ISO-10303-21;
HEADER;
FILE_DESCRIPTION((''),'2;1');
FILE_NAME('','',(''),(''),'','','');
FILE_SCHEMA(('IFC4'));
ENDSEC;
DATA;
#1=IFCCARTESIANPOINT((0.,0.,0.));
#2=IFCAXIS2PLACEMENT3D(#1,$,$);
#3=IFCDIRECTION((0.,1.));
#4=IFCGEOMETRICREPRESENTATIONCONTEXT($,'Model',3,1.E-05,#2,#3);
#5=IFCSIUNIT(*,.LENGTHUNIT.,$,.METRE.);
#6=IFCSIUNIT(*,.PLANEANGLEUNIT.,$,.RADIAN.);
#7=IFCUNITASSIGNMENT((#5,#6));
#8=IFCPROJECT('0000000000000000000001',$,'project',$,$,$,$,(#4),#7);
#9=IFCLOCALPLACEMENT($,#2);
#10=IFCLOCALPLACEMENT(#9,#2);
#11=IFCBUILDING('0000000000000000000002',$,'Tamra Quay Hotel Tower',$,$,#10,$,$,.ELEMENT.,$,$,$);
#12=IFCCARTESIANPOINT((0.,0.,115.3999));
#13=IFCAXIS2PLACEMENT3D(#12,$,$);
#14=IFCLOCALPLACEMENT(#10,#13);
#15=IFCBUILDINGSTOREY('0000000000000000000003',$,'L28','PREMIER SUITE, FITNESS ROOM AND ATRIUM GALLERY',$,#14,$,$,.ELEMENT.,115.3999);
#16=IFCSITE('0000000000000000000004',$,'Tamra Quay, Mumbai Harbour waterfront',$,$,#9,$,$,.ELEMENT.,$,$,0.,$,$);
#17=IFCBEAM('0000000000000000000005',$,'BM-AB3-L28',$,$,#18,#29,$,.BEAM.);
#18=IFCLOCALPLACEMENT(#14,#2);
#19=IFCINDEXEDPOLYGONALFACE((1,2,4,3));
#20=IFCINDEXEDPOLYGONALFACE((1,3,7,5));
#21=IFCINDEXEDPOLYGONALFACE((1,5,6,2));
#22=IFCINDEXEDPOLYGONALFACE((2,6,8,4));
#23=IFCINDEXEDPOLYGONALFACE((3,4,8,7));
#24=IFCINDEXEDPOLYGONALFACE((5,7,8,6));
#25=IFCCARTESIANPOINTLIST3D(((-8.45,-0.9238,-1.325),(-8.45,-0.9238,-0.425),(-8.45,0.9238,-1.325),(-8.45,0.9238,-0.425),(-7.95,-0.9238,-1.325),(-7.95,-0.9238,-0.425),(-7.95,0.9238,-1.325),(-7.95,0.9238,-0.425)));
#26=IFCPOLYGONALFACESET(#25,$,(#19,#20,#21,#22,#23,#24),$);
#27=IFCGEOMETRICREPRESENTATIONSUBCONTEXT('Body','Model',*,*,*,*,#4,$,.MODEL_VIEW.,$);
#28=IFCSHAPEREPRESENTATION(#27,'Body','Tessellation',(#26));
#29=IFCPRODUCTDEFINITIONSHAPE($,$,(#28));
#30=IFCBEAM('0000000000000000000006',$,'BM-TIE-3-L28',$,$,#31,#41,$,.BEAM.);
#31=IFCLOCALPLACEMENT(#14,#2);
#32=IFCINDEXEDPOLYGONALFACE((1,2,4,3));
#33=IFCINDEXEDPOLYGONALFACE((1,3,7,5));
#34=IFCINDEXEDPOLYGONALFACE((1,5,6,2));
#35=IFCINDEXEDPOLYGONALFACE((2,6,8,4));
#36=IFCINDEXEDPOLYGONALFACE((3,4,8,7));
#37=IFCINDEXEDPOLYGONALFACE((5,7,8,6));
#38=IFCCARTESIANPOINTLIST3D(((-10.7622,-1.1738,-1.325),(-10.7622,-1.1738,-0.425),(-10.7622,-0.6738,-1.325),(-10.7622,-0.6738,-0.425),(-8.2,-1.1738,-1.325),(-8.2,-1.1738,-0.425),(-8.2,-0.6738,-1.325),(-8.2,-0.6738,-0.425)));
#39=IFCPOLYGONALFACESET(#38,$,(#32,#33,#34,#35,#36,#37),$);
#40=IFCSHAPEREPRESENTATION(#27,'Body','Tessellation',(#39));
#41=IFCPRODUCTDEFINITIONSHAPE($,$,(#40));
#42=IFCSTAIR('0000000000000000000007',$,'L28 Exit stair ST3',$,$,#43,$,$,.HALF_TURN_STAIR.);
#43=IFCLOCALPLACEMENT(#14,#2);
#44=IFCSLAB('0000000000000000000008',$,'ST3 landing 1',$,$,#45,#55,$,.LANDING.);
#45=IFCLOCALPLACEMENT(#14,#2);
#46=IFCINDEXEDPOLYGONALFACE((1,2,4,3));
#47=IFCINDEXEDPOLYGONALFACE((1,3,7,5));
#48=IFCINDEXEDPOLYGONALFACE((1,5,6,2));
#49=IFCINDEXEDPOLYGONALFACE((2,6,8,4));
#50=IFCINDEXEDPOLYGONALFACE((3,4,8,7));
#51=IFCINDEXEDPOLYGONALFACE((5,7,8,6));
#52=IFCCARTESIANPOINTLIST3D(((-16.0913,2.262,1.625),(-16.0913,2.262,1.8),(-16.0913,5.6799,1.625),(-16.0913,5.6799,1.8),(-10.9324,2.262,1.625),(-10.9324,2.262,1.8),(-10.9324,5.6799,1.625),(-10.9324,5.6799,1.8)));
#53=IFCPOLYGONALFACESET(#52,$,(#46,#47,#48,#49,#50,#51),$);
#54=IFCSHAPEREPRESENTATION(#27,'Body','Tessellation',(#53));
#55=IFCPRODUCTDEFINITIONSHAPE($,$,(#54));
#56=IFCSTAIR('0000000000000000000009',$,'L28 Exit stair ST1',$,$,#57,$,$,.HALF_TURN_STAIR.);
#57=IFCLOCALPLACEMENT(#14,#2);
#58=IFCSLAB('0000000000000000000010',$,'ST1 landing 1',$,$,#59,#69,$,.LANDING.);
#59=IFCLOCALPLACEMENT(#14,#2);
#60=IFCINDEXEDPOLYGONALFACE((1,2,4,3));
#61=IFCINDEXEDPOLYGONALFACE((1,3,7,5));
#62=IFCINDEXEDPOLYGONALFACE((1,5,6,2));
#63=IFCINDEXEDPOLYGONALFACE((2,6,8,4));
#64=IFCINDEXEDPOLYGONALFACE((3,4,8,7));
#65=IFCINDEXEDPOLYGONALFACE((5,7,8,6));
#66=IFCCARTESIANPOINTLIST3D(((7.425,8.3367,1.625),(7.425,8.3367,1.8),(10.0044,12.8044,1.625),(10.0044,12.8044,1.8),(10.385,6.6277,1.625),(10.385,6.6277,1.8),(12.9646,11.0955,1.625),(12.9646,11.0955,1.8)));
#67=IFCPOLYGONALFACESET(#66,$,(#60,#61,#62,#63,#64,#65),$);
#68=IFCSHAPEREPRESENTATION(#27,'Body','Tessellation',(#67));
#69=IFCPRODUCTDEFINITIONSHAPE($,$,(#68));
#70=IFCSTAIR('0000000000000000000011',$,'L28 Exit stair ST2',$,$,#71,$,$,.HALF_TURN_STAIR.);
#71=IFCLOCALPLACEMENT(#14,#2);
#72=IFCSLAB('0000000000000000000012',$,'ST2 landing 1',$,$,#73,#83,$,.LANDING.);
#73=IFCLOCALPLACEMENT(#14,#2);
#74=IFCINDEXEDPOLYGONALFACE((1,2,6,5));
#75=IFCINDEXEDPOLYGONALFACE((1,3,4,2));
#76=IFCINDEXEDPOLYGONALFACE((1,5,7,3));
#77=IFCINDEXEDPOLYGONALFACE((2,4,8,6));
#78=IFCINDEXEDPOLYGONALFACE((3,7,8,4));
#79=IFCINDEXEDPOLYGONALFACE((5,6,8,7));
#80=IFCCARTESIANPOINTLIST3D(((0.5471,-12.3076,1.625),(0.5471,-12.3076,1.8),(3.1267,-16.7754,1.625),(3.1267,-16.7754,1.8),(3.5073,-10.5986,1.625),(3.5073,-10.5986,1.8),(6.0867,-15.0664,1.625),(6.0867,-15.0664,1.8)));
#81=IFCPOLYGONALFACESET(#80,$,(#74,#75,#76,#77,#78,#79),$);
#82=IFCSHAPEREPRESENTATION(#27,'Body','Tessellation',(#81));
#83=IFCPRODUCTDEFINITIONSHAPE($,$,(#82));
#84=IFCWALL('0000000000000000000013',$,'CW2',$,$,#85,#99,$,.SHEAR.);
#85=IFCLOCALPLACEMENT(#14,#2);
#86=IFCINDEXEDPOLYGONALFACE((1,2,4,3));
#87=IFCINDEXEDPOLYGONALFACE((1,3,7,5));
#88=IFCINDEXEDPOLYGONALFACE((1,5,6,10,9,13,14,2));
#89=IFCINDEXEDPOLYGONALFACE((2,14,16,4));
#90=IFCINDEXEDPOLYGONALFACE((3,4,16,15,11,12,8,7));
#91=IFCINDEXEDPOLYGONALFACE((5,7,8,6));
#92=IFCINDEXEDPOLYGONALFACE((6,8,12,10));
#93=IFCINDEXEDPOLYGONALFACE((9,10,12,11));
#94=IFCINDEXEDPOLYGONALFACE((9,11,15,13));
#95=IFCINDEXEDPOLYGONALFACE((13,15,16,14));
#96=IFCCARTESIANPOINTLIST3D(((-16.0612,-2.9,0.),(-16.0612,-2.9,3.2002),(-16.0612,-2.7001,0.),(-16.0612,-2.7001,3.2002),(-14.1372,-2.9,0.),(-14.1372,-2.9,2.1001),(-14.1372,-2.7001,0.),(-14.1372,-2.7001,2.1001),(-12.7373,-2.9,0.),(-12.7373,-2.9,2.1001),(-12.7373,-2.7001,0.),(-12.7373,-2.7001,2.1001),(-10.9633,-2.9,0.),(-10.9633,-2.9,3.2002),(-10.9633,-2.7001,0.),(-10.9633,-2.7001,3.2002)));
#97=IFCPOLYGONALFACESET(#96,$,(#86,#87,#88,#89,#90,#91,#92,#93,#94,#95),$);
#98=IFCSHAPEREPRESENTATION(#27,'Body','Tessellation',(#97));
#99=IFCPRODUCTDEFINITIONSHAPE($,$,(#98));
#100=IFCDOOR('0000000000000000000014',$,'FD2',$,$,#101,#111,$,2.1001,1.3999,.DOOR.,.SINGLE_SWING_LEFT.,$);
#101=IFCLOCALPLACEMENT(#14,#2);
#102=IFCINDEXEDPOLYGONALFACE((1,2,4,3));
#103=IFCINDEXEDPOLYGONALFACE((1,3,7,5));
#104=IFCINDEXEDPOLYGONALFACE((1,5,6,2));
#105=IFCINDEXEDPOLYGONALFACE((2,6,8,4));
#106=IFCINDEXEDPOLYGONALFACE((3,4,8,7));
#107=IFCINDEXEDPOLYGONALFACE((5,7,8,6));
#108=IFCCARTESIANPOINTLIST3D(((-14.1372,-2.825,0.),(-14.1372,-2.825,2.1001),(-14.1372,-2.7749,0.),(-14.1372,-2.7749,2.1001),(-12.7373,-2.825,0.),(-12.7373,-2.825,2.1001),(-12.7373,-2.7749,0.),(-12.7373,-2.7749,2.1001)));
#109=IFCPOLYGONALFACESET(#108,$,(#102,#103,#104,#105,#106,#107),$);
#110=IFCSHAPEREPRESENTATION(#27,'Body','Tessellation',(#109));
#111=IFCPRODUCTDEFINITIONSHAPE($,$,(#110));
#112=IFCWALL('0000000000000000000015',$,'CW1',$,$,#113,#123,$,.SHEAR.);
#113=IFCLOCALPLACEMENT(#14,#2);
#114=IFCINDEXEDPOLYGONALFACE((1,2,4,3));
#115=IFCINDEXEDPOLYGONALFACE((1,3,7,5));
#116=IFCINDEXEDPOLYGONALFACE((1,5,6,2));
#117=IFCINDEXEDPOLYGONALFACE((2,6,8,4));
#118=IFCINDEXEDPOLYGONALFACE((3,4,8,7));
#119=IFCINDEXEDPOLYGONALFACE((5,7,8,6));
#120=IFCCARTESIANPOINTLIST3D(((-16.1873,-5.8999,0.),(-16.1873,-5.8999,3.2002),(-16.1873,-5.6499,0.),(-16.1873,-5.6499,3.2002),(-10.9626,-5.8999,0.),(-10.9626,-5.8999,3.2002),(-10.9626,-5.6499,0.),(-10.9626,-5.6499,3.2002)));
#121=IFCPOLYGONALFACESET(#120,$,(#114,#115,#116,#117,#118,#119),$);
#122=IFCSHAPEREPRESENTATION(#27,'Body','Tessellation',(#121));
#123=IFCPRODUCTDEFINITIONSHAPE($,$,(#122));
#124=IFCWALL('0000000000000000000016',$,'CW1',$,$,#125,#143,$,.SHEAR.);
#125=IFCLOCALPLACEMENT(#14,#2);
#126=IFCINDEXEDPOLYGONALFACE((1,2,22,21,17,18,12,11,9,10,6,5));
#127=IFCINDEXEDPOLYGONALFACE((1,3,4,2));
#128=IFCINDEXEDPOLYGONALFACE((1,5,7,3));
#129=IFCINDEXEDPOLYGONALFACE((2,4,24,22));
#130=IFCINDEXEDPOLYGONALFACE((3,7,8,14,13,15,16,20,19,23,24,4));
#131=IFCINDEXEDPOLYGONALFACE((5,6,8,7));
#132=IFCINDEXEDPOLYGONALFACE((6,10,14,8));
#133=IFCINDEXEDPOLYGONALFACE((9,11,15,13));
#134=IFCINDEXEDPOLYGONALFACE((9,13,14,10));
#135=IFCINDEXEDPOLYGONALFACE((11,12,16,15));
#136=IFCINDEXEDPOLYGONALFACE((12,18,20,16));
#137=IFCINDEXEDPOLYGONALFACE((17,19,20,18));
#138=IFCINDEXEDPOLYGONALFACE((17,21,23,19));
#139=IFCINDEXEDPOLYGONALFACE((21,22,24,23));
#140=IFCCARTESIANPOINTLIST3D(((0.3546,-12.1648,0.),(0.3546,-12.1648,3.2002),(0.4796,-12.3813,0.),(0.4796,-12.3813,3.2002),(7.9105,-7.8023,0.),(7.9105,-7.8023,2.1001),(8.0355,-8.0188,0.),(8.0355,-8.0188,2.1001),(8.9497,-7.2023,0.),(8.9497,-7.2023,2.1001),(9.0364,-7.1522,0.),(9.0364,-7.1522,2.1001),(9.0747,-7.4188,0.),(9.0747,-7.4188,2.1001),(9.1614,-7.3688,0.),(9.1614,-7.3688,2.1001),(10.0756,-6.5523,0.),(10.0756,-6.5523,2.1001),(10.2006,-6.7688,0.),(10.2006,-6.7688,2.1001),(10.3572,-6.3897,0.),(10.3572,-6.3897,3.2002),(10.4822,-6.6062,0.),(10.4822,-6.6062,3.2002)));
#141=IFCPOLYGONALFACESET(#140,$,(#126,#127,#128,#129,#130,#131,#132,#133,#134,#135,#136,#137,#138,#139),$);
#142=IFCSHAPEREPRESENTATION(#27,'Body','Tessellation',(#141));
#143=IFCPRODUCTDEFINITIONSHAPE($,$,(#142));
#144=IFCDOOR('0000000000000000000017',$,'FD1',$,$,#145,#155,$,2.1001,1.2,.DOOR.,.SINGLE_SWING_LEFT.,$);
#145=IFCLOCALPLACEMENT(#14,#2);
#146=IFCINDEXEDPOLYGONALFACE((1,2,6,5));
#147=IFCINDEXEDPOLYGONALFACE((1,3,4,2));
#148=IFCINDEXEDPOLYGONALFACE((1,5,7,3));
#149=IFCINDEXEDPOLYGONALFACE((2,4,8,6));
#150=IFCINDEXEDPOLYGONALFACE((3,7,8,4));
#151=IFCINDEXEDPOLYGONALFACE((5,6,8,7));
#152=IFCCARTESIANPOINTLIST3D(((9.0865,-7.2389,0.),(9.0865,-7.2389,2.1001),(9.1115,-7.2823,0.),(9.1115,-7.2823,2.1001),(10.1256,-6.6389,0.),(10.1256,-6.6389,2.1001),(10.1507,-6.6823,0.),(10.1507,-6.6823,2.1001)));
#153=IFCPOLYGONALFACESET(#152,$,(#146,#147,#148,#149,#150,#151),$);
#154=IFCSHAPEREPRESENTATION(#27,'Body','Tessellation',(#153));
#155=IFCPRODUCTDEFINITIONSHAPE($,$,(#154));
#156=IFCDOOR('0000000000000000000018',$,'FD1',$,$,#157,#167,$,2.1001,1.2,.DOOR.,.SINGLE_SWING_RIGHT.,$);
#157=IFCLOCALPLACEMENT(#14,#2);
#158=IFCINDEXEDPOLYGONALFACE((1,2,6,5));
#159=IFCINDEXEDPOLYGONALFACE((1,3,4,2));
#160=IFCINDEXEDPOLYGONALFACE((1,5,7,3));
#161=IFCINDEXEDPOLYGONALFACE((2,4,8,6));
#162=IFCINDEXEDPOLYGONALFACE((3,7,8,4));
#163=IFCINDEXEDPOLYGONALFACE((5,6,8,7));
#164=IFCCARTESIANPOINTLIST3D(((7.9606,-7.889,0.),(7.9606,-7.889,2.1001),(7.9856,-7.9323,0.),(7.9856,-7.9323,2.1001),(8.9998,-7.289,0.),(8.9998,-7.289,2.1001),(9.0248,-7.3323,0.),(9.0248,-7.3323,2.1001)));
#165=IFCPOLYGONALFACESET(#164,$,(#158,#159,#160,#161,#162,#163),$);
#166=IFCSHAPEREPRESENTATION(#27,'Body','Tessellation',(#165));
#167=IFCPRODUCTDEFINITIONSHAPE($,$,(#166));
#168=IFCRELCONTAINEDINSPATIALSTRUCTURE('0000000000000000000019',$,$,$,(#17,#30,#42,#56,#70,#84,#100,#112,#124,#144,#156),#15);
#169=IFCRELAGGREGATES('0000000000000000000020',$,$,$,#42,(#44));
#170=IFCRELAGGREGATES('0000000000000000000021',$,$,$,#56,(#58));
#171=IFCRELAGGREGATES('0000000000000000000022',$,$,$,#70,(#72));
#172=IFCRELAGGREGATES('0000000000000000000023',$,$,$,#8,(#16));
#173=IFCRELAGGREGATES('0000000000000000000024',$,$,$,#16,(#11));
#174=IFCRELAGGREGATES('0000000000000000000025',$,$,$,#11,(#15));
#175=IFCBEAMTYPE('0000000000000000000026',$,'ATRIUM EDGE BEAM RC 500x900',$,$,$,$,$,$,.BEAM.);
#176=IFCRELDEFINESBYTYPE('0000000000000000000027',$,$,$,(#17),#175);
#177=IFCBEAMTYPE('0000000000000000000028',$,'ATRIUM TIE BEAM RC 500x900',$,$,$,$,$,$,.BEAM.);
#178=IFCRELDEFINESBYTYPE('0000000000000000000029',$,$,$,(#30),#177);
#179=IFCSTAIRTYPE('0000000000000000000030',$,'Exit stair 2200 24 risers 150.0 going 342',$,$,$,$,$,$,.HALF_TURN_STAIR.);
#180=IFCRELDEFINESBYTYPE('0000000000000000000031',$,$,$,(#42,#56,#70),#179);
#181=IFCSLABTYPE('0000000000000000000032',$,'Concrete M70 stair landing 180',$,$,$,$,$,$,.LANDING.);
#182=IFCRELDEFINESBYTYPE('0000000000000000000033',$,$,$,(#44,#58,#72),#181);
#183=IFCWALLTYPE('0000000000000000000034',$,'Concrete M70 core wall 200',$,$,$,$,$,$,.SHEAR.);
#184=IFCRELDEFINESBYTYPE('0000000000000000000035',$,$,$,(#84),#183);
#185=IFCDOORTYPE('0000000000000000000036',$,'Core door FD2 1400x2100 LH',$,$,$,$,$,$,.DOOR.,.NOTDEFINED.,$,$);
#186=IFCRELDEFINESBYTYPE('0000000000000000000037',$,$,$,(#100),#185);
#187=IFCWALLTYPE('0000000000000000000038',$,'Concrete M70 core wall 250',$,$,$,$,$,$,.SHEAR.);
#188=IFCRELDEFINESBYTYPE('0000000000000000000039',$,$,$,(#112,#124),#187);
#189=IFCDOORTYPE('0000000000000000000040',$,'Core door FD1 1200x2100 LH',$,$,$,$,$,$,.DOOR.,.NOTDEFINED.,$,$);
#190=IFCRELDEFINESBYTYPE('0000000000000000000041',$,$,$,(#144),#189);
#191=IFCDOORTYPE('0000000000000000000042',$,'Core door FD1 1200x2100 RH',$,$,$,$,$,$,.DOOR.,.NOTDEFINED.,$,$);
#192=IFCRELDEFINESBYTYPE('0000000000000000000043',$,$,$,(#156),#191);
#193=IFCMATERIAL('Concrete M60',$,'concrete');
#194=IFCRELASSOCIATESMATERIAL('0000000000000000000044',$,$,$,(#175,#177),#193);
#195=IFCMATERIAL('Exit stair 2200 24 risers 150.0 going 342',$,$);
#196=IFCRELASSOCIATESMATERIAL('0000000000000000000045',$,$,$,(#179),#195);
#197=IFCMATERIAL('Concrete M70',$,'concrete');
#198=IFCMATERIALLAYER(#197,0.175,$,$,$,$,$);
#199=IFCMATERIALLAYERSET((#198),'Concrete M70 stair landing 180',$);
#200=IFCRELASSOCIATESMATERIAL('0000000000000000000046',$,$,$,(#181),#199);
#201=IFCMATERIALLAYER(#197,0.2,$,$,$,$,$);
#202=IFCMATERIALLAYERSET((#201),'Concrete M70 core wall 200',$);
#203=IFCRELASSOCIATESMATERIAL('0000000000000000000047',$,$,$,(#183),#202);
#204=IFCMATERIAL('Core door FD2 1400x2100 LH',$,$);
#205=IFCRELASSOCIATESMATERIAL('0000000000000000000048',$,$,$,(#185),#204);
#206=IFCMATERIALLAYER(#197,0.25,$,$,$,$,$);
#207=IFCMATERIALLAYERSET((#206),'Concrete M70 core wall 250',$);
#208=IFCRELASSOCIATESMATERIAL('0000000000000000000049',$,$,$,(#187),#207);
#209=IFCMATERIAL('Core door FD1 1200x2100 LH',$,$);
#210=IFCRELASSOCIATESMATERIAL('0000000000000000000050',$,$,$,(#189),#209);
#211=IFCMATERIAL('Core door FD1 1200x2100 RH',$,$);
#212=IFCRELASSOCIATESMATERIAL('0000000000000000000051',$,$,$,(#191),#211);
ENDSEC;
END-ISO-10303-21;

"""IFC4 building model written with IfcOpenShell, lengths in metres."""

from ifc_helpers import new_model, si_unit, direction, frame, frame_2d, origin, origin_2d, place, context, subcontext, project, spatial, polyline, rectangle, outline, extrude, material, layer, layer_set, material_profile, profile_set, type_object, element, fill, aggregate, save


model = new_model("IFC4")

# Units and contexts
model_context = context("Model", 3, precision=1e-05, world=origin(), true_north=direction((0.0, 1.0)))
body_context = subcontext(model_context, "Body", "Model", "MODEL_VIEW")
ifc_project = project(units=[si_unit("LENGTHUNIT", "METRE"), si_unit("PLANEANGLEUNIT", "RADIAN")], contexts=[model_context])

# Site, building, storey
site_placement = place(None, origin())
site = spatial("IfcSite", under=ifc_project, at=site_placement, Name="Tamra Quay, Mumbai Harbour waterfront", CompositionType="ELEMENT", RefElevation=0.0)
building_placement = place(site_placement, origin())
building = spatial("IfcBuilding", under=site, at=building_placement, Name="Tamra Quay Hotel Tower", CompositionType="ELEMENT")
storey_placement = place(building_placement, frame((0.0, 0.0, 115.3999)))
storey = spatial("IfcBuildingStorey", under=building, at=storey_placement, Name="L28", Description="PREMIER SUITE, FITNESS ROOM AND ATRIUM GALLERY", CompositionType="ELEMENT", Elevation=115.3999)

# Beams
ifc_material_1 = material(Name="Concrete M60", Category="concrete")
ifc_material_profile_1 = material_profile(ifc_material_1, rectangle(XDim=0.5, YDim=0.8999, at=origin_2d()), Name="ATRIUM EDGE BEAM RC 500x900")
ifc_profile_set_1 = profile_set([ifc_material_profile_1], Name="Concrete M60")
beam_type_1 = type_object("IfcBeamType", Name="ATRIUM EDGE BEAM RC 500x900", PredefinedType="BEAM", material=ifc_profile_set_1)
beam_1_placement = place(storey_placement, frame((-8.2, -0.9238, -0.875), z_axis=(0.0, 1.0, 0.0), x_axis=(-1.0, 0.0, 0.0)))
element("IfcBeam", 1, at=beam_1_placement, inside=storey, type_object=beam_type_1, Name="BM-AB3-L28", PredefinedType="BEAM", context=body_context, shape_type="SweptSolid", body=[
    extrude(rectangle(XDim=0.5, YDim=0.8999, at=origin_2d()), origin(), (0.0, 0.0, 1.0), 1.8477),
])
ifc_material_profile_2 = material_profile(ifc_material_1, rectangle(XDim=0.5, YDim=0.8999, at=origin_2d()), Name="ATRIUM TIE BEAM RC 500x900")
ifc_profile_set_2 = profile_set([ifc_material_profile_2], Name="Concrete M60")
beam_type_2 = type_object("IfcBeamType", Name="ATRIUM TIE BEAM RC 500x900", PredefinedType="BEAM", material=ifc_profile_set_2)
beam_2_placement = place(storey_placement, frame((-8.2, -0.9238, -0.875), z_axis=(-1.0, 0.0, 0.0), x_axis=(0.0, -1.0, 0.0)))
element("IfcBeam", 2, at=beam_2_placement, inside=storey, type_object=beam_type_2, Name="BM-TIE-3-L28", PredefinedType="BEAM", context=body_context, shape_type="SweptSolid", body=[
    extrude(rectangle(XDim=0.5, YDim=0.8999, at=origin_2d()), origin(), (0.0, 0.0, 1.0), 2.5623),
])

# Stairs, slabs
ifc_material_2 = material(Name="Exit stair 2200 24 risers 150.0 going 342")
stair_type = type_object("IfcStairType", Name="Exit stair 2200 24 risers 150.0 going 342", PredefinedType="HALF_TURN_STAIR", material=ifc_material_2)
stair_1_placement = place(storey_placement, origin())
stair_1 = element("IfcStair", 3, at=stair_1_placement, inside=storey, type_object=stair_type, Name="L28 Exit stair ST3", PredefinedType="HALF_TURN_STAIR")
ifc_material_3 = material(Name="Concrete M70", Category="concrete")
ifc_layer_1 = layer(ifc_material_3, 0.175)
ifc_layer_set_1 = layer_set([ifc_layer_1], Name="Concrete M70 stair landing 180")
slab_type_1 = type_object("IfcSlabType", Name="Concrete M70 stair landing 180", PredefinedType="LANDING", material=ifc_layer_set_1)
slab_1_placement = place(storey_placement, frame((0.0, 0.0, 1.625)))
slab_1 = element("IfcSlab", 4, at=slab_1_placement, type_object=slab_type_1, Name="ST3 landing 1", PredefinedType="LANDING", context=body_context, shape_type="SweptSolid", body=[
    extrude(outline(polyline([(-10.9324, 2.262), (-10.9324, 5.6799), (-16.0913, 5.6799), (-16.0913, 2.262), (-10.9324, 2.262)])), origin(), (0.0, 0.0, 1.0), 0.175),
])
aggregate(stair_1, [slab_1])
stair_2_placement = place(storey_placement, origin())
stair_2 = element("IfcStair", 5, at=stair_2_placement, inside=storey, type_object=stair_type, Name="L28 Exit stair ST1", PredefinedType="HALF_TURN_STAIR")
slab_2_placement = place(storey_placement, frame((0.0, 0.0, 1.625)))
slab_2 = element("IfcSlab", 6, at=slab_2_placement, type_object=slab_type_1, Name="ST1 landing 1", PredefinedType="LANDING", context=body_context, shape_type="SweptSolid", body=[
    extrude(outline(polyline([(7.425, 8.3367), (10.385, 6.6277), (12.9646, 11.0955), (10.0044, 12.8044), (7.425, 8.3367)])), origin(), (0.0, 0.0, 1.0), 0.175),
])
aggregate(stair_2, [slab_2])
stair_3_placement = place(storey_placement, origin())
stair_3 = element("IfcStair", 7, at=stair_3_placement, inside=storey, type_object=stair_type, Name="L28 Exit stair ST2", PredefinedType="HALF_TURN_STAIR")
slab_3_placement = place(storey_placement, frame((0.0, 0.0, 1.625)))
slab_3 = element("IfcSlab", 8, at=slab_3_placement, type_object=slab_type_1, Name="ST2 landing 1", PredefinedType="LANDING", context=body_context, shape_type="SweptSolid", body=[
    extrude(outline(polyline([(3.5073, -10.5986), (0.5471, -12.3076), (3.1267, -16.7754), (6.0867, -15.0664), (3.5073, -10.5986)])), origin(), (0.0, 0.0, 1.0), 0.175),
])
aggregate(stair_3, [slab_3])

# Wall, opening, door
ifc_layer_2 = layer(ifc_material_3, 0.2)
ifc_layer_set_2 = layer_set([ifc_layer_2], Name="Concrete M70 core wall 200")
wall_type_1 = type_object("IfcWallType", Name="Concrete M70 core wall 200", PredefinedType="SHEAR", material=ifc_layer_set_2)
wall_1_placement = place(storey_placement, frame((-10.9634, -2.8, 0.0), z_axis=(0.0, 0.0, 1.0), x_axis=(-1.0, 0.0, 0.0)))
wall_1 = element("IfcWall", 9, at=wall_1_placement, inside=storey, type_object=wall_type_1, Name="CW2", PredefinedType="SHEAR", context=body_context, shape_type="SweptSolid", body=[
    extrude(rectangle(XDim=5.0979, YDim=0.2, at=frame_2d((2.5488, 0.0))), origin(), (0.0, 0.0, 1.0), 3.2002),
])
opening_1_placement = place(wall_1_placement, frame((1.7739, 0.0, 0.0)))
opening_1 = element("IfcOpeningElement", 10, at=opening_1_placement, cuts=wall_1, PredefinedType="OPENING", context=body_context, shape_type="SweptSolid", body=[
    extrude(rectangle(XDim=1.3999, YDim=2.1001, at=frame_2d((0.7, 1.05))), frame((0.0, 0.1099, 0.0), z_axis=(0.0, -1.0, 0.0), x_axis=(1.0, 0.0, 0.0)), (0.0, 0.0, 1.0), 0.22),
])
ifc_material_4 = material(Name="Core door FD2 1400x2100 LH")
door_type_1 = type_object("IfcDoorType", Name="Core door FD2 1400x2100 LH", OperationType="NOTDEFINED", PredefinedType="DOOR", material=ifc_material_4)
door_1_placement = place(opening_1_placement, origin())
door_1 = element("IfcDoor", 11, at=door_1_placement, inside=storey, type_object=door_type_1, Name="FD2", OperationType="SINGLE_SWING_LEFT", OverallHeight=2.1001, OverallWidth=1.3999, PredefinedType="DOOR", context=body_context, shape_type="SweptSolid", body=[
    extrude(rectangle(XDim=1.3999, YDim=2.1001, at=frame_2d((0.7, 1.05))), frame((0.0, 0.0249, 0.0), z_axis=(0.0, -1.0, 0.0), x_axis=(1.0, 0.0, 0.0)), (0.0, 0.0, 1.0), 0.05),
])
fill(opening_1, door_1)

# Wall
ifc_layer_3 = layer(ifc_material_3, 0.25)
ifc_layer_set_3 = layer_set([ifc_layer_3], Name="Concrete M70 core wall 250")
wall_type_2 = type_object("IfcWallType", Name="Concrete M70 core wall 250", PredefinedType="SHEAR", material=ifc_layer_set_3)
wall_2_placement = place(storey_placement, frame((-10.9626, -5.7749, 0.0), z_axis=(0.0, 0.0, 1.0), x_axis=(-1.0, 0.0, 0.0)))
element("IfcWall", 12, at=wall_2_placement, inside=storey, type_object=wall_type_2, Name="CW1", PredefinedType="SHEAR", context=body_context, shape_type="SweptSolid", body=[
    extrude(rectangle(XDim=5.2246, YDim=0.25, at=frame_2d((2.6123, 0.0))), origin(), (0.0, 0.0, 1.0), 3.2002),
])

# Wall, openings, doors
wall_3_placement = place(storey_placement, frame((0.4172, -12.2729, 0.0), z_axis=(0.0, 0.0, 1.0), x_axis=(0.866022, 0.500006, 0.0)))
wall_3 = element("IfcWall", 13, at=wall_3_placement, inside=storey, type_object=wall_type_2, Name="CW1", PredefinedType="SHEAR", context=body_context, shape_type="SweptSolid", body=[
    extrude(rectangle(XDim=11.55, YDim=0.25, at=frame_2d((5.7749, 0.0))), origin(), (0.0, 0.0, 1.0), 3.2002),
])
opening_2_placement = place(wall_3_placement, frame((10.0247, 0.0, 0.0)))
opening_2 = element("IfcOpeningElement", 14, at=opening_2_placement, cuts=wall_3, PredefinedType="OPENING", context=body_context, shape_type="SweptSolid", body=[
    extrude(rectangle(XDim=1.2, YDim=2.1001, at=frame_2d((0.6001, 1.05))), frame((0.0, 0.135, 0.0), z_axis=(0.0, -1.0, 0.0), x_axis=(1.0, 0.0, 0.0)), (0.0, 0.0, 1.0), 0.27),
])
opening_3_placement = place(wall_3_placement, frame((8.7246, 0.0, 0.0)))
opening_3 = element("IfcOpeningElement", 15, at=opening_3_placement, cuts=wall_3, PredefinedType="OPENING", context=body_context, shape_type="SweptSolid", body=[
    extrude(rectangle(XDim=1.2, YDim=2.1001, at=frame_2d((0.6001, 1.05))), frame((0.0, 0.135, 0.0), z_axis=(0.0, -1.0, 0.0), x_axis=(1.0, 0.0, 0.0)), (0.0, 0.0, 1.0), 0.27),
])
ifc_material_5 = material(Name="Core door FD1 1200x2100 LH")
door_type_2 = type_object("IfcDoorType", Name="Core door FD1 1200x2100 LH", OperationType="NOTDEFINED", PredefinedType="DOOR", material=ifc_material_5)
door_2_placement = place(opening_2_placement, origin())
door_2 = element("IfcDoor", 16, at=door_2_placement, inside=storey, type_object=door_type_2, Name="FD1", OperationType="SINGLE_SWING_LEFT", OverallHeight=2.1001, OverallWidth=1.2, PredefinedType="DOOR", context=body_context, shape_type="SweptSolid", body=[
    extrude(rectangle(XDim=1.2, YDim=2.1001, at=frame_2d((0.6001, 1.05))), frame((0.0, 0.0249, 0.0), z_axis=(0.0, -1.0, 0.0), x_axis=(1.0, 0.0, 0.0)), (0.0, 0.0, 1.0), 0.05),
])
fill(opening_2, door_2)
ifc_material_6 = material(Name="Core door FD1 1200x2100 RH")
door_type_3 = type_object("IfcDoorType", Name="Core door FD1 1200x2100 RH", OperationType="NOTDEFINED", PredefinedType="DOOR", material=ifc_material_6)
door_3_placement = place(opening_3_placement, origin())
door_3 = element("IfcDoor", 17, at=door_3_placement, inside=storey, type_object=door_type_3, Name="FD1", OperationType="SINGLE_SWING_RIGHT", OverallHeight=2.1001, OverallWidth=1.2, PredefinedType="DOOR", context=body_context, shape_type="SweptSolid", body=[
    extrude(rectangle(XDim=1.2, YDim=2.1001, at=frame_2d((0.6001, 1.05))), frame((0.0, 0.0249, 0.0), z_axis=(0.0, -1.0, 0.0), x_axis=(1.0, 0.0, 0.0)), (0.0, 0.0, 1.0), 0.05),
])
fill(opening_3, door_3)

save(model, "model.ifc")
